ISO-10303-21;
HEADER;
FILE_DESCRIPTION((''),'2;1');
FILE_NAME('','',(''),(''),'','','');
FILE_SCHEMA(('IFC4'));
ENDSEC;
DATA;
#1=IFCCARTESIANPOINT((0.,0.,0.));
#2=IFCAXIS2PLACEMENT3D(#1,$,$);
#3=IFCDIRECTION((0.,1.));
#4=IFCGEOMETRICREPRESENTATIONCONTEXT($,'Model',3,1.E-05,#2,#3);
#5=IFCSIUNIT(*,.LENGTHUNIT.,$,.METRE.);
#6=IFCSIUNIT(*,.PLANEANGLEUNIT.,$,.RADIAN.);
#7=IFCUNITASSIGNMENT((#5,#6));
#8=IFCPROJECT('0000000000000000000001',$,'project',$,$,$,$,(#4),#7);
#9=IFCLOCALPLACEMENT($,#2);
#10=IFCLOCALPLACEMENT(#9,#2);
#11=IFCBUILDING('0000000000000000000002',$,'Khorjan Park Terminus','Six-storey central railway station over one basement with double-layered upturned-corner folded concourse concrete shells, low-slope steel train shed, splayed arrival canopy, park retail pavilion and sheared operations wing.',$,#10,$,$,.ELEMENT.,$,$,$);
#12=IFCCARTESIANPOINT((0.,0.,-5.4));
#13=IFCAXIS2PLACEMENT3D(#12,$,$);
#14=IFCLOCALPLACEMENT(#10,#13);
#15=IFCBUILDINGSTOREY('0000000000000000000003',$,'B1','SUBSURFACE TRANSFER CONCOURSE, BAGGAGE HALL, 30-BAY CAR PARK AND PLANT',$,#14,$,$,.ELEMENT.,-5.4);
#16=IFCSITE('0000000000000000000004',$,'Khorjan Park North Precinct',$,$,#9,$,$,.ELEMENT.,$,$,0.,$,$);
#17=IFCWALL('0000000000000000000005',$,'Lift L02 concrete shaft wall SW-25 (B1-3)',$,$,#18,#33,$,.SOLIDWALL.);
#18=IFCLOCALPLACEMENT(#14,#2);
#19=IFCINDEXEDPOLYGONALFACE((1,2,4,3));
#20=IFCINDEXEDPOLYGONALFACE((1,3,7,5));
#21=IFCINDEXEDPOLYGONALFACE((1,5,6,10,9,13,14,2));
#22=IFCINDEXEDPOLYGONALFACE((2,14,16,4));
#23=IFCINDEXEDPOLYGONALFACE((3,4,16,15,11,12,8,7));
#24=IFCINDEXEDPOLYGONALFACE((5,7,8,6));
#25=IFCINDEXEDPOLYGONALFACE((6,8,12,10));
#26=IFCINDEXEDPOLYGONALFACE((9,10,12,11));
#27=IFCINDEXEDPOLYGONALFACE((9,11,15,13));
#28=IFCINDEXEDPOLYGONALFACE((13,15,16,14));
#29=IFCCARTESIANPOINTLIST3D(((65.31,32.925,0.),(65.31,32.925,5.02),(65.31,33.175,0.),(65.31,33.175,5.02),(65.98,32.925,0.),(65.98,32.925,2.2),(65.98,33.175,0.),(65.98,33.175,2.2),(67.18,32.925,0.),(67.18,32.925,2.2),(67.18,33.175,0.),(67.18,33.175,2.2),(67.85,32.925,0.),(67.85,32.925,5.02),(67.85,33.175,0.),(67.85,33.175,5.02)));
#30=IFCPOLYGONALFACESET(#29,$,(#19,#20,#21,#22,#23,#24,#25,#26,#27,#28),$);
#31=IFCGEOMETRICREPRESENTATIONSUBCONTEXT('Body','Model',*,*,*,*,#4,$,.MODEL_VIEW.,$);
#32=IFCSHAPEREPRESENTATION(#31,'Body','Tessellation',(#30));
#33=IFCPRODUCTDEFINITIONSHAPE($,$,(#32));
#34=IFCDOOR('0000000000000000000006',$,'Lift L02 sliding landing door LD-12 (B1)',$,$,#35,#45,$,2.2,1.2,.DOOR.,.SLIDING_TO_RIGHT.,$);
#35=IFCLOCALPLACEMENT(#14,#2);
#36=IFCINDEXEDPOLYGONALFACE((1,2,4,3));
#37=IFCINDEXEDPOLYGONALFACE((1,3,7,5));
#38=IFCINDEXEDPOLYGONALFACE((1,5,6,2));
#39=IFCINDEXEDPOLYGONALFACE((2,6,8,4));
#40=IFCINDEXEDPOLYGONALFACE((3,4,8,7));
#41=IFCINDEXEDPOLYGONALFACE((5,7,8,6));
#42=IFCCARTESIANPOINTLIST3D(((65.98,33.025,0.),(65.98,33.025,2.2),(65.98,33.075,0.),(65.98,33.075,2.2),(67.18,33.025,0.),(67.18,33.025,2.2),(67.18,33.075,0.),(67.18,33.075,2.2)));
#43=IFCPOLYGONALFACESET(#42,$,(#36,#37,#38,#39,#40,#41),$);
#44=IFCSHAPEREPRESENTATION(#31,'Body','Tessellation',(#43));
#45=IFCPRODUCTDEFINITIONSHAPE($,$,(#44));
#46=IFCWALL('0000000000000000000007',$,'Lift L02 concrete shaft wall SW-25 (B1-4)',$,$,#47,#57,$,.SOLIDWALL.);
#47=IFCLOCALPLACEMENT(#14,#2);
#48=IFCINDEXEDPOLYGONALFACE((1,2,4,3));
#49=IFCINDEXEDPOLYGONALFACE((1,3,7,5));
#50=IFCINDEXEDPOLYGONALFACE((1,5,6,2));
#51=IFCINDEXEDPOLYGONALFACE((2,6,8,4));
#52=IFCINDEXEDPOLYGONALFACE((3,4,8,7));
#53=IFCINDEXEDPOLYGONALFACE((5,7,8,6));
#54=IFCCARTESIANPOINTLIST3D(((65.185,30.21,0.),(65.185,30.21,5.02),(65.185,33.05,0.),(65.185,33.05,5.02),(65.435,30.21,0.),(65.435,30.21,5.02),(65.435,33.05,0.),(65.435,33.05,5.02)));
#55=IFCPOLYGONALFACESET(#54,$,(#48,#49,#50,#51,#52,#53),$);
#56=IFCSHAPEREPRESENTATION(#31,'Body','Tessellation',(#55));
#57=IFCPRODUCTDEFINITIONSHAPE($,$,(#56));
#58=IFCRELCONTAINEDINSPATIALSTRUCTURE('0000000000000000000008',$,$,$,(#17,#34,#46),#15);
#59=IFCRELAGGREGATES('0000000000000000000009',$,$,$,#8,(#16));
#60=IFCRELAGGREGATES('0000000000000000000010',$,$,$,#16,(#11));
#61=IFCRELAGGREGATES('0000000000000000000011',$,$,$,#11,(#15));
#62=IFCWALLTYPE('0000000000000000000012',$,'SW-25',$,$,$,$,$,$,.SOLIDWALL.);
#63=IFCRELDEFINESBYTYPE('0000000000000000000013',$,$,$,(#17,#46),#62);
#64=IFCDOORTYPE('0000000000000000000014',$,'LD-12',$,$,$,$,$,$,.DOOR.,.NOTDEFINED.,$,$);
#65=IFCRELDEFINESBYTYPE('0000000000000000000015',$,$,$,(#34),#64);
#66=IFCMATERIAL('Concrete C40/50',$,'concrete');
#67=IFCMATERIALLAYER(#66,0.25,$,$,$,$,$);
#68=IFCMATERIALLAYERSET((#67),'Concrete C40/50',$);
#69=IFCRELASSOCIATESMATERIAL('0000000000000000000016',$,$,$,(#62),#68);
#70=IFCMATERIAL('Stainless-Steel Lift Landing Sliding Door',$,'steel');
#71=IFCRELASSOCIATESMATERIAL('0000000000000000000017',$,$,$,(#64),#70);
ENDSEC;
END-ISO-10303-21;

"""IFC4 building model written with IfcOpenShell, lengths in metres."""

from ifc_helpers import new_model, si_unit, direction, frame, frame_2d, origin, place, context, subcontext, project, spatial, rectangle, extrude, material, layer, layer_set, type_object, element, fill, save


model = new_model("IFC4")

# Units and contexts
model_context = context("Model", 3, precision=1e-05, world=origin(), true_north=direction((0.0, 1.0)))
body_context = subcontext(model_context, "Body", "Model", "MODEL_VIEW")
ifc_project = project(units=[si_unit("LENGTHUNIT", "METRE"), si_unit("PLANEANGLEUNIT", "RADIAN")], contexts=[model_context])

# Site, building, storey
site_placement = place(None, origin())
site = spatial("IfcSite", under=ifc_project, at=site_placement, Name="Khorjan Park North Precinct", CompositionType="ELEMENT", RefElevation=0.0)
building_placement = place(site_placement, origin())
building = spatial("IfcBuilding", under=site, at=building_placement, Name="Khorjan Park Terminus", Description="Six-storey central railway station over one basement with double-layered upturned-corner folded concourse concrete shells, low-slope steel train shed, splayed arrival canopy, park retail pavilion and sheared operations wing.", CompositionType="ELEMENT")
storey_placement = place(building_placement, frame((0.0, 0.0, -5.4)))
storey = spatial("IfcBuildingStorey", under=building, at=storey_placement, Name="B1", Description="SUBSURFACE TRANSFER CONCOURSE, BAGGAGE HALL, 30-BAY CAR PARK AND PLANT", CompositionType="ELEMENT", Elevation=-5.4)

# Shared definitions
ifc_material_1 = material(Name="Concrete C40/50", Category="concrete")

# Wall, opening, door
ifc_layer_1 = layer(ifc_material_1, 0.25)
ifc_layer_set_1 = layer_set([ifc_layer_1], Name="Concrete C40/50")
wall_type_1 = type_object("IfcWallType", Name="SW-25", PredefinedType="SOLIDWALL", material=ifc_layer_set_1)
ifc_material_2 = material(Name="Stainless-Steel Lift Landing Sliding Door", Category="steel")
door_type_1 = type_object("IfcDoorType", Name="LD-12", OperationType="NOTDEFINED", PredefinedType="DOOR", material=ifc_material_2)
wall_1_placement = place(storey_placement, frame((67.85, 33.05, 0.0), z_axis=(0.0, 0.0, 1.0), x_axis=(-1.0, 0.0, 0.0)))
wall_1 = element("IfcWall", 1, at=wall_1_placement, inside=storey, type_object=wall_type_1, Name="Lift L02 concrete shaft wall SW-25 (B1-3)", PredefinedType="SOLIDWALL", context=body_context, shape_type="SweptSolid", body=[
    extrude(rectangle(XDim=2.54, YDim=0.25, at=frame_2d((1.27, 0.0))), origin(), (0.0, 0.0, 1.0), 5.02),
])
opening_1_placement = place(wall_1_placement, frame((0.67, 0.0, 0.0)))
opening_1 = element("IfcOpeningElement", 2, at=opening_1_placement, cuts=wall_1, PredefinedType="OPENING", context=body_context, shape_type="SweptSolid", body=[
    extrude(rectangle(XDim=1.2, YDim=2.2, at=frame_2d((0.6, 1.1))), frame((0.0, 0.135, 0.0), z_axis=(0.0, -1.0, 0.0), x_axis=(1.0, 0.0, 0.0)), (0.0, 0.0, 1.0), 0.27),
])
door_1_placement = place(opening_1_placement, origin())
door_1 = element("IfcDoor", 3, at=door_1_placement, inside=storey, type_object=door_type_1, Name="Lift L02 sliding landing door LD-12 (B1)", OperationType="SLIDING_TO_RIGHT", OverallHeight=2.2, OverallWidth=1.2, PredefinedType="DOOR", context=body_context, shape_type="SweptSolid", body=[
    extrude(rectangle(XDim=1.2, YDim=2.2, at=frame_2d((0.6, 1.1))), frame((0.0, 0.025, 0.0), z_axis=(0.0, -1.0, 0.0), x_axis=(1.0, 0.0, 0.0)), (0.0, 0.0, 1.0), 0.05),
])
fill(opening_1, door_1)

# Wall
wall_2_placement = place(storey_placement, frame((65.31, 33.05, 0.0), z_axis=(0.0, 0.0, 1.0), x_axis=(0.0, -1.0, 0.0)))
element("IfcWall", 4, at=wall_2_placement, inside=storey, type_object=wall_type_1, Name="Lift L02 concrete shaft wall SW-25 (B1-4)", PredefinedType="SOLIDWALL", context=body_context, shape_type="SweptSolid", body=[
    extrude(rectangle(XDim=2.84, YDim=0.25, at=frame_2d((1.42, 0.0))), origin(), (0.0, 0.0, 1.0), 5.02),
])

save(model, "model.ifc")
